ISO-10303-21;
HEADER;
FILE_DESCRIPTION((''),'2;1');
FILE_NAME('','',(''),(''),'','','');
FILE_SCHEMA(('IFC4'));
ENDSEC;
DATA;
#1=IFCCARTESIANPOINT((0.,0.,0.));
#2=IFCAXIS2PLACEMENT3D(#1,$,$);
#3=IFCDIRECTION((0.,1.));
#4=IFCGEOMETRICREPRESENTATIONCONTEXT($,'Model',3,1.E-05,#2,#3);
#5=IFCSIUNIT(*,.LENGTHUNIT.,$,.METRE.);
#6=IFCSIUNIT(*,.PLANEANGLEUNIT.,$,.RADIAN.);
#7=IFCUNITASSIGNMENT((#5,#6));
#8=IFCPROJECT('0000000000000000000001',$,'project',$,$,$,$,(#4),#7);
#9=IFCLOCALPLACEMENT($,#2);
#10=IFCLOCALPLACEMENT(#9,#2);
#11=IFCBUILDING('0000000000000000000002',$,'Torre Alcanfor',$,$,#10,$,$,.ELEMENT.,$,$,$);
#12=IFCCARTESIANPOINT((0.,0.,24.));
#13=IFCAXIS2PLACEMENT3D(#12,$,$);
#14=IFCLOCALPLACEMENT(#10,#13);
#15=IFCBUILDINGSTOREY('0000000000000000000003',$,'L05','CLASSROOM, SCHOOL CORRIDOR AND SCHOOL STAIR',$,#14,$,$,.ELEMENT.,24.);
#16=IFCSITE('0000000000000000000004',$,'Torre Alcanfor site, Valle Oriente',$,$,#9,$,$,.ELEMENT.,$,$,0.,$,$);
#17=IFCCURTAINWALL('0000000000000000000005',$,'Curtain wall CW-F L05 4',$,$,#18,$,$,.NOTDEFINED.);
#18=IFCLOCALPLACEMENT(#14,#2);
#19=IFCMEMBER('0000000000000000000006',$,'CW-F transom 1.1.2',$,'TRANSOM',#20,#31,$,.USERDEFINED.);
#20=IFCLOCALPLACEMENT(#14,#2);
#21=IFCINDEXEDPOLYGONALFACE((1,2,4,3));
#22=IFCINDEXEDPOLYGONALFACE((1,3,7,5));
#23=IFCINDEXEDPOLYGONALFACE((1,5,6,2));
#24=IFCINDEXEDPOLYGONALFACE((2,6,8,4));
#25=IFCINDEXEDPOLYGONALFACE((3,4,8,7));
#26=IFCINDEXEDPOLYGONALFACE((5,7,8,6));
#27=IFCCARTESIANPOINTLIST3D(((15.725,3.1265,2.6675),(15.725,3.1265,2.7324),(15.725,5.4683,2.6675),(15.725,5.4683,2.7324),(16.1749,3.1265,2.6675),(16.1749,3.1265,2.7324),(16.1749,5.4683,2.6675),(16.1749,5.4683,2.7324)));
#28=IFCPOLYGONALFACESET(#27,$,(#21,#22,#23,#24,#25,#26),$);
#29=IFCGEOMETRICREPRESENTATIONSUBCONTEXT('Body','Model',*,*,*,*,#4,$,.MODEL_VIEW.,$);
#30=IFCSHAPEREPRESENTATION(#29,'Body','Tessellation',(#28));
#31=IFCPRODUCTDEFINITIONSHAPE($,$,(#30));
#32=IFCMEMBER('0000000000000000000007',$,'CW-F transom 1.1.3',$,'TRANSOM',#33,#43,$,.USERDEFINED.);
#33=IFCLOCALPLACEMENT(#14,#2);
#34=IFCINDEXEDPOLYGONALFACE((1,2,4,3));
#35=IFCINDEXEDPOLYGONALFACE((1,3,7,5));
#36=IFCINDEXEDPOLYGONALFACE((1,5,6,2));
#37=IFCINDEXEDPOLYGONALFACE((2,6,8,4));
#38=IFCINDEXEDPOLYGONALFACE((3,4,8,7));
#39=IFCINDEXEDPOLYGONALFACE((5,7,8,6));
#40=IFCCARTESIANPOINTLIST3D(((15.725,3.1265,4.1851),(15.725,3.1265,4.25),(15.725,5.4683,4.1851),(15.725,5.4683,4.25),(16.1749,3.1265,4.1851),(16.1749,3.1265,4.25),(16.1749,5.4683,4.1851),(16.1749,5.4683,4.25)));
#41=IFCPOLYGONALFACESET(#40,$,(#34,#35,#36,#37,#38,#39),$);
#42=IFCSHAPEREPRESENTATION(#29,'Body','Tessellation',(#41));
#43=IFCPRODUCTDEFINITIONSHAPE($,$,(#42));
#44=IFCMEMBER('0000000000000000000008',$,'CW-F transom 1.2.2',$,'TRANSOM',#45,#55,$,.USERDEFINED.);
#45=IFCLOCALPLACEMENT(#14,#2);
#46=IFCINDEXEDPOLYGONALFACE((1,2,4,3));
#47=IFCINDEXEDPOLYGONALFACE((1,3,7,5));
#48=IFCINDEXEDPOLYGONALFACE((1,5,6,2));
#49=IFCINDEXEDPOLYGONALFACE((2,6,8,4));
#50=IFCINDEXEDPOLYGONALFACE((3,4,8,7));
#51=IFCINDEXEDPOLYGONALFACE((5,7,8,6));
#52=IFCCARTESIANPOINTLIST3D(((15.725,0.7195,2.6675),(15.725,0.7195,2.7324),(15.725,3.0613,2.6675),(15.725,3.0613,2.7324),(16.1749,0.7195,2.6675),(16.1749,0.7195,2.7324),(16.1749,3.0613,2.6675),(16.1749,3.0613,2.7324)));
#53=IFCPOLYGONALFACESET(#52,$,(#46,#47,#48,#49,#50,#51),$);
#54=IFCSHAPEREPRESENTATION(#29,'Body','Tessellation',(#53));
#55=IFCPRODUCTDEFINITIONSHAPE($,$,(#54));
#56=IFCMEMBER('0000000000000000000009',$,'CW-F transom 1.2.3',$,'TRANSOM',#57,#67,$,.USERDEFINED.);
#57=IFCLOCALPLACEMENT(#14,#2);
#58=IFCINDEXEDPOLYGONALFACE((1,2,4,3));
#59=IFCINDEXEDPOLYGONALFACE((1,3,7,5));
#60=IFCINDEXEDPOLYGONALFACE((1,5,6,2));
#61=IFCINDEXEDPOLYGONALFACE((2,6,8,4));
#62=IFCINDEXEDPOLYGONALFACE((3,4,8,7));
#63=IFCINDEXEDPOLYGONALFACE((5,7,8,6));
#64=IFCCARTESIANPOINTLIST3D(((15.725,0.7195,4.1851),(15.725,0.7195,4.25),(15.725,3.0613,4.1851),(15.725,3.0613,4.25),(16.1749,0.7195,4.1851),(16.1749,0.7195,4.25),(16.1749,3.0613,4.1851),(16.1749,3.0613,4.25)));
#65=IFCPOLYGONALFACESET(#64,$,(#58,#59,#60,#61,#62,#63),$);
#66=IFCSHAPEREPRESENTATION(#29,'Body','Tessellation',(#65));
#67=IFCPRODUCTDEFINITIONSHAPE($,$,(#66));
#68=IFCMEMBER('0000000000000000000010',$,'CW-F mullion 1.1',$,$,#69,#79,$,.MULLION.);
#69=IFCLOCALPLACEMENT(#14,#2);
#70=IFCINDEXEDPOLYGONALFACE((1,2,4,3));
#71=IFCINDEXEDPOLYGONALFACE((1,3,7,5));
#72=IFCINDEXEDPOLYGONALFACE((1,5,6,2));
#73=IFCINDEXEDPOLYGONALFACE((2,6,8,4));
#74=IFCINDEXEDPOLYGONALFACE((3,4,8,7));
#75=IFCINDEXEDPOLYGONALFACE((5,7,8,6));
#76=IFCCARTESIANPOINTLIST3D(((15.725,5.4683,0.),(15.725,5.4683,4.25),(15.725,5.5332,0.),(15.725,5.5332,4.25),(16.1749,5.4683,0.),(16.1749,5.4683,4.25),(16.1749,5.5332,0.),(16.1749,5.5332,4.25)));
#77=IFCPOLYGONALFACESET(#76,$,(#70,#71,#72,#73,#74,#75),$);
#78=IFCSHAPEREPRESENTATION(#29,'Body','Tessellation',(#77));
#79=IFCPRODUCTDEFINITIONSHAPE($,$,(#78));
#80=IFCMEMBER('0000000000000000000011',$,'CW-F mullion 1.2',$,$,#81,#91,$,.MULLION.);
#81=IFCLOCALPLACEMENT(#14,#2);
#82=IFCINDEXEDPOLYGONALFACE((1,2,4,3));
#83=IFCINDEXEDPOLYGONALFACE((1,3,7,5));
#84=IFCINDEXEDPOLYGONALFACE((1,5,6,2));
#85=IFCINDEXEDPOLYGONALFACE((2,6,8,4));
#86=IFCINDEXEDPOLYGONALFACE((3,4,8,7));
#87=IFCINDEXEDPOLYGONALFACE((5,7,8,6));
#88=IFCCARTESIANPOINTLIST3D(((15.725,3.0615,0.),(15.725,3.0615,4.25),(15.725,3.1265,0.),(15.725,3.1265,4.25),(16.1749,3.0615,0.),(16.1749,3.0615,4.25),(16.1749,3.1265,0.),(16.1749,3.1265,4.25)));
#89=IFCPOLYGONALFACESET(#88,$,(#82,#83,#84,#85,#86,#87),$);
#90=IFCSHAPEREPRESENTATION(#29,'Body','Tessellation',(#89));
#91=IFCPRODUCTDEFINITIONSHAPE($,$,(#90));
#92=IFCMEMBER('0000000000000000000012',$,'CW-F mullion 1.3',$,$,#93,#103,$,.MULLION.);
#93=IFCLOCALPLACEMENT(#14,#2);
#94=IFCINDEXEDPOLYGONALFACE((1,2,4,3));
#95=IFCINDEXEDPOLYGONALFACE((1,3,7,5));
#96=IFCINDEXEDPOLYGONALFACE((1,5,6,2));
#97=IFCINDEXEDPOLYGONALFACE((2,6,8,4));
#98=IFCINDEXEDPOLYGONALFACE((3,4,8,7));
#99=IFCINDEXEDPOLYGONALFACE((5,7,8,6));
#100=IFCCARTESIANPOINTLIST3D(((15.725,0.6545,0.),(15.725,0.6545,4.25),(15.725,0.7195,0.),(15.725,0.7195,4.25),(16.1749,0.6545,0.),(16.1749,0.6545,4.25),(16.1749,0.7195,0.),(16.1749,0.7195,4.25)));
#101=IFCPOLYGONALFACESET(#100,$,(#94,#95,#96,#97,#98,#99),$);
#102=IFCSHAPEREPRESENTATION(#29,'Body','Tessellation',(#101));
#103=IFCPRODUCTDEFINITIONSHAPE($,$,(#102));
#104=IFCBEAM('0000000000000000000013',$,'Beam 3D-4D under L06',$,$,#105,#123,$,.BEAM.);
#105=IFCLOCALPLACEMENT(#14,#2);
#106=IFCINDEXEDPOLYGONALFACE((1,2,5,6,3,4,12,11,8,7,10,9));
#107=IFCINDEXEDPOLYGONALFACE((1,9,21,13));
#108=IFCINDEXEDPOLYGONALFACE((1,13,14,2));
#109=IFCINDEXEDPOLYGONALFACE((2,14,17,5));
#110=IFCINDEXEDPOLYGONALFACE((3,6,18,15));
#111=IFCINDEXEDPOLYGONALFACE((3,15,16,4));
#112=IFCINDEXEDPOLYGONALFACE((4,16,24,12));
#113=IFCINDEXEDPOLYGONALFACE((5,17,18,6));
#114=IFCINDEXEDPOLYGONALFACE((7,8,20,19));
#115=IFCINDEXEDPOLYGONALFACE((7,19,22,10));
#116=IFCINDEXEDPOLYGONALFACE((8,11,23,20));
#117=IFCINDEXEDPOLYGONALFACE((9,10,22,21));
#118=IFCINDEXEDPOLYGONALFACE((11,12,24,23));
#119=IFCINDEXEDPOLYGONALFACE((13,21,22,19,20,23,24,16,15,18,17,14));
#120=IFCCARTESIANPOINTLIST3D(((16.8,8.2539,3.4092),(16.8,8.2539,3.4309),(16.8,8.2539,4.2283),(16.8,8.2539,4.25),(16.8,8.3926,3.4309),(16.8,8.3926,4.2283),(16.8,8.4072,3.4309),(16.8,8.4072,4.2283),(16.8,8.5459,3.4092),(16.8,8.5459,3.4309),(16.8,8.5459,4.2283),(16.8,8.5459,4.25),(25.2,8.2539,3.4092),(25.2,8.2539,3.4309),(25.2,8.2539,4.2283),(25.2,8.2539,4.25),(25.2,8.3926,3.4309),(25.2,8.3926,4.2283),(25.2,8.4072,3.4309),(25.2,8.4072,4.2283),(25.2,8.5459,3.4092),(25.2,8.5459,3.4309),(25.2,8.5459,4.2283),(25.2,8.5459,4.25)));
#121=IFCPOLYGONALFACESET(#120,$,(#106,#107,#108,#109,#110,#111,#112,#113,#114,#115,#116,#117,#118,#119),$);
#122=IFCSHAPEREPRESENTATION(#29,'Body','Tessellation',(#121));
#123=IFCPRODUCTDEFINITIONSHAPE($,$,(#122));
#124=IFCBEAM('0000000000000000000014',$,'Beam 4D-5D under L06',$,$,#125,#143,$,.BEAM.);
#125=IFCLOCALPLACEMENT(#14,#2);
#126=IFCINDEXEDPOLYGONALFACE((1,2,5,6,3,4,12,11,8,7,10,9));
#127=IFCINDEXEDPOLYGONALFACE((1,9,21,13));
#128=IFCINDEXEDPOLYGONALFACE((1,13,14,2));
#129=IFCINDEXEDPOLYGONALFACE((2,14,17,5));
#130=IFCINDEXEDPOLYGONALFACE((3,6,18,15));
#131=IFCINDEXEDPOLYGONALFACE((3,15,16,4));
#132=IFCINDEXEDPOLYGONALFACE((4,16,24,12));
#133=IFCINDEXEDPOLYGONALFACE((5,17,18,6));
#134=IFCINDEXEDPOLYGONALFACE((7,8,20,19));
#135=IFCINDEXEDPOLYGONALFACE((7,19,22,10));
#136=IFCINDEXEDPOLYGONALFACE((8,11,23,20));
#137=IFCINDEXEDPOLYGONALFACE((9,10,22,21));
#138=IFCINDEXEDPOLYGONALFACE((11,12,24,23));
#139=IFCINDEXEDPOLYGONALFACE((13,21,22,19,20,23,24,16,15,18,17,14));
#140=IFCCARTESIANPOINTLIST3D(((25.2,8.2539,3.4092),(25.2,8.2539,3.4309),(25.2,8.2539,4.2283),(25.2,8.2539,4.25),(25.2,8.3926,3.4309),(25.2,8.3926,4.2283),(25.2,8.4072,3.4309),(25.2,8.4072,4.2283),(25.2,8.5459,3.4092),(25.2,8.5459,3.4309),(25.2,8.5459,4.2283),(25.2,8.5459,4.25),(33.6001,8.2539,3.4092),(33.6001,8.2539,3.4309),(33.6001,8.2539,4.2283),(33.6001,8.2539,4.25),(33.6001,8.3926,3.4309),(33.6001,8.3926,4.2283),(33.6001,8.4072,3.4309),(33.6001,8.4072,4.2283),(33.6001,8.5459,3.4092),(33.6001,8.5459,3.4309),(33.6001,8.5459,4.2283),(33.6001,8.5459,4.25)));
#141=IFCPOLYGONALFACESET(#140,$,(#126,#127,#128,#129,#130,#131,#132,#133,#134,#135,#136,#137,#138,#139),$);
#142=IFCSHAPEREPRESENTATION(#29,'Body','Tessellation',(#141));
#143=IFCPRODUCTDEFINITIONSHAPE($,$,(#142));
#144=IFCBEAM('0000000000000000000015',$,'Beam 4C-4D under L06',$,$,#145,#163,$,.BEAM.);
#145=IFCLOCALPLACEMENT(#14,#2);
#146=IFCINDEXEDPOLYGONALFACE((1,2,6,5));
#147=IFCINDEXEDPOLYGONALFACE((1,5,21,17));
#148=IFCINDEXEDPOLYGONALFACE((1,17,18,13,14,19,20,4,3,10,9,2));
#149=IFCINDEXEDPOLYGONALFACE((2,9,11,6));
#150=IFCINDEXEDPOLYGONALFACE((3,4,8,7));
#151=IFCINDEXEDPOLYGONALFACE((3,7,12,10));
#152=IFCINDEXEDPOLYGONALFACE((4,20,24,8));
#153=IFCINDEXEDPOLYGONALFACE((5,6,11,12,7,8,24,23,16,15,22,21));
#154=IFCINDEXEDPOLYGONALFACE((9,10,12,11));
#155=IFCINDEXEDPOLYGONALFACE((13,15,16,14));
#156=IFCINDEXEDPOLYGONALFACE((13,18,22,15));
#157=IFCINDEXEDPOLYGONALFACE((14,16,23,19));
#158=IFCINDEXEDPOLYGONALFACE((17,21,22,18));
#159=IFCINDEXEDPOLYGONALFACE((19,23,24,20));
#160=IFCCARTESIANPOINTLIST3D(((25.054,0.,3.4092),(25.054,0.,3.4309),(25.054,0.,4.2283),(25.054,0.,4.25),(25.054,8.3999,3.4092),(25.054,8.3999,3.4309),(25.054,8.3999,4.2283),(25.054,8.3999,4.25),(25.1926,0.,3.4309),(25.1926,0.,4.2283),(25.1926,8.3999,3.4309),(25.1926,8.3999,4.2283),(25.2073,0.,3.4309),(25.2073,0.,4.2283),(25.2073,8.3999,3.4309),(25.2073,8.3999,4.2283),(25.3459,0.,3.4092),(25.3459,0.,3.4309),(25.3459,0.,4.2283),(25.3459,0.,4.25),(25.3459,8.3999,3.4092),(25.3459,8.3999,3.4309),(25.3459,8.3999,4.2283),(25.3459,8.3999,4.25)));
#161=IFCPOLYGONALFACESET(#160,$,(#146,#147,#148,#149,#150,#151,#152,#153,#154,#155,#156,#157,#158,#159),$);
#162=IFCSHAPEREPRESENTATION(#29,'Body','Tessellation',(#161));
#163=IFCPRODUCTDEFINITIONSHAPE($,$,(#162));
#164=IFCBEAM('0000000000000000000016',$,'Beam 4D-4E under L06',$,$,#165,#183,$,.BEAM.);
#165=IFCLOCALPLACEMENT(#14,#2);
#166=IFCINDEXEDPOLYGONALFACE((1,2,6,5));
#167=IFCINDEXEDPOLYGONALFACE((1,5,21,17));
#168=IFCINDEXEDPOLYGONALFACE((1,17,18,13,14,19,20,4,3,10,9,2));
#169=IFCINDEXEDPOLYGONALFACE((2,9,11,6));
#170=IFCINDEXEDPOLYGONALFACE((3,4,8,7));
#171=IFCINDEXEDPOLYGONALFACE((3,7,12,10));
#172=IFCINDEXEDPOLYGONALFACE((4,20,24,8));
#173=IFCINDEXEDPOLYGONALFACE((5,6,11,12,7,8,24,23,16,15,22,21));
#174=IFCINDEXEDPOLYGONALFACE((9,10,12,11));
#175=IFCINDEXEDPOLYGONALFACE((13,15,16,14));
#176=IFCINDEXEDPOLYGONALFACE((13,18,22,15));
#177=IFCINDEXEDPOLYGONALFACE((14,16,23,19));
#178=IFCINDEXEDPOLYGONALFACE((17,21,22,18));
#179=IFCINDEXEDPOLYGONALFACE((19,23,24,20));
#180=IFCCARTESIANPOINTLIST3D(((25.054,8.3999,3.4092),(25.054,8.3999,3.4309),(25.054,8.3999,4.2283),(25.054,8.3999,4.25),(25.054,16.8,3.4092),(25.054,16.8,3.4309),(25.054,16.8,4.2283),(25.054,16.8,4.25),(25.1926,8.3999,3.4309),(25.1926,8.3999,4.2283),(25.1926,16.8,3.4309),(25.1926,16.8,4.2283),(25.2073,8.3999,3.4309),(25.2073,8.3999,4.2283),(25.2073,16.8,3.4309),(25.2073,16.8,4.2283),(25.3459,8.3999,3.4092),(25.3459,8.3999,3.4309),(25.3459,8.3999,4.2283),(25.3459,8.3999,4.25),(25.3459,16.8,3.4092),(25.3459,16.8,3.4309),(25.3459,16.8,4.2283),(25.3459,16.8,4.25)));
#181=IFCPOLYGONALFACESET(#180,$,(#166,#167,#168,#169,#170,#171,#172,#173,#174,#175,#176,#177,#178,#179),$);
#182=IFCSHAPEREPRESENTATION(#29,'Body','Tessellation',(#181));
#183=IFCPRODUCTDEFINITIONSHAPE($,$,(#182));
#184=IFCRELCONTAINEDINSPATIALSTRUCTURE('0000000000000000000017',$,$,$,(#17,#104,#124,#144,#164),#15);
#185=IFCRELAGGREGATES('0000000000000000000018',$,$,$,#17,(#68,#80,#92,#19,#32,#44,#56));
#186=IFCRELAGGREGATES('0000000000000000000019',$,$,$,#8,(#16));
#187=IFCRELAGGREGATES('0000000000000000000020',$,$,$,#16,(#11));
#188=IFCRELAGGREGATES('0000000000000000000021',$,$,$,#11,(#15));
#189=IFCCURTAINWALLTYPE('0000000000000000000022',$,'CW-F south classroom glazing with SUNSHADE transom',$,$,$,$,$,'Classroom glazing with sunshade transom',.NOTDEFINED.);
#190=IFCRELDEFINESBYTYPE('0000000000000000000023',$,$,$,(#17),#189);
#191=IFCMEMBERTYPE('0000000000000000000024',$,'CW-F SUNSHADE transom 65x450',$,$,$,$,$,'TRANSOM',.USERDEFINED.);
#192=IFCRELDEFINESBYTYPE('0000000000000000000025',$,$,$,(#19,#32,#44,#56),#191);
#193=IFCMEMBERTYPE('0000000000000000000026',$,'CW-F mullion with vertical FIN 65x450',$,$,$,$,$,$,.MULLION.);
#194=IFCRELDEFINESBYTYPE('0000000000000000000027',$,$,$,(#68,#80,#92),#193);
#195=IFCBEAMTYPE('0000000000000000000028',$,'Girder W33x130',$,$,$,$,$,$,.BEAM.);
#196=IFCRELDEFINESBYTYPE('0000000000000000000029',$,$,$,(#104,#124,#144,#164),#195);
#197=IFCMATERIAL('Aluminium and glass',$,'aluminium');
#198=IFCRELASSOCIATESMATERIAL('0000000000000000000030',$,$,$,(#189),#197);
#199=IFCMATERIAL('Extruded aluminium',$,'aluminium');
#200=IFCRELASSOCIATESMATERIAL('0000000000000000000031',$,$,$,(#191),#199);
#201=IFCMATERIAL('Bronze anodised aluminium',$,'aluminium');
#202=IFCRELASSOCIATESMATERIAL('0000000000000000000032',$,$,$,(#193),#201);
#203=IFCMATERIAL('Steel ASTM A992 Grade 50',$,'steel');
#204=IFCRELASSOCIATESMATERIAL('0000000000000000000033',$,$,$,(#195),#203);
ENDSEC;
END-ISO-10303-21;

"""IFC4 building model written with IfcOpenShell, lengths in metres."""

from ifc_helpers import new_model, si_unit, direction, frame, origin, origin_2d, place, context, subcontext, project, spatial, rectangle, i_section, extrude, material, material_profile, profile_set, type_object, element, aggregate, save


model = new_model("IFC4")

# Units and contexts
model_context = context("Model", 3, precision=1e-05, world=origin(), true_north=direction((0.0, 1.0)))
body_context = subcontext(model_context, "Body", "Model", "MODEL_VIEW")
ifc_project = project(units=[si_unit("LENGTHUNIT", "METRE"), si_unit("PLANEANGLEUNIT", "RADIAN")], contexts=[model_context])

# Site, building, storey
site_placement = place(None, origin())
site = spatial("IfcSite", under=ifc_project, at=site_placement, Name="Torre Alcanfor site, Valle Oriente", CompositionType="ELEMENT", RefElevation=0.0)
building_placement = place(site_placement, origin())
building = spatial("IfcBuilding", under=site, at=building_placement, Name="Torre Alcanfor", CompositionType="ELEMENT")
storey_placement = place(building_placement, frame((0.0, 0.0, 24.0)))
storey = spatial("IfcBuildingStorey", under=building, at=storey_placement, Name="L05", Description="CLASSROOM, SCHOOL CORRIDOR AND SCHOOL STAIR", CompositionType="ELEMENT", Elevation=24.0)

# Curtain wall, members
ifc_material_1 = material(Name="Aluminium and glass", Category="aluminium")
curtain_wall_type_1 = type_object("IfcCurtainWallType", Name="CW-F south classroom glazing with SUNSHADE transom", ElementType="Classroom glazing with sunshade transom", PredefinedType="NOTDEFINED", material=ifc_material_1)
curtain_wall_1_placement = place(storey_placement, origin())
curtain_wall_1 = element("IfcCurtainWall", 1, at=curtain_wall_1_placement, inside=storey, type_object=curtain_wall_type_1, Name="Curtain wall CW-F L05 4", PredefinedType="NOTDEFINED")
ifc_material_2 = material(Name="Extruded aluminium", Category="aluminium")
ifc_material_profile_1 = material_profile(ifc_material_2, rectangle(XDim=0.45, YDim=0.0649, at=origin_2d()), Name="CW-F transom 450x65")
ifc_profile_set_1 = profile_set([ifc_material_profile_1], Name="Extruded aluminium")
member_type_1 = type_object("IfcMemberType", Name="CW-F SUNSHADE transom 65x450", ElementType="TRANSOM", PredefinedType="USERDEFINED", material=ifc_profile_set_1)
member_1_placement = place(storey_placement, frame((15.95, 5.4683, 2.7), z_axis=(0.0, -1.0, 0.0), x_axis=(1.0, 0.0, 0.0)))
member_1 = element("IfcMember", 2, at=member_1_placement, type_object=member_type_1, Name="CW-F transom 1.1.2", ObjectType="TRANSOM", PredefinedType="USERDEFINED", context=body_context, shape_type="SweptSolid", body=[
    extrude(rectangle(XDim=0.45, YDim=0.0649, at=origin_2d()), origin(), (0.0, 0.0, 1.0), 2.3418),
])
member_2_placement = place(storey_placement, frame((15.95, 5.4683, 4.2175), z_axis=(0.0, -1.0, 0.0), x_axis=(1.0, 0.0, 0.0)))
member_2 = element("IfcMember", 3, at=member_2_placement, type_object=member_type_1, Name="CW-F transom 1.1.3", ObjectType="TRANSOM", PredefinedType="USERDEFINED", context=body_context, shape_type="SweptSolid", body=[
    extrude(rectangle(XDim=0.45, YDim=0.0649, at=origin_2d()), origin(), (0.0, 0.0, 1.0), 2.3418),
])
member_3_placement = place(storey_placement, frame((15.95, 3.0613, 2.7), z_axis=(0.0, -1.0, 0.0), x_axis=(1.0, 0.0, 0.0)))
member_3 = element("IfcMember", 4, at=member_3_placement, type_object=member_type_1, Name="CW-F transom 1.2.2", ObjectType="TRANSOM", PredefinedType="USERDEFINED", context=body_context, shape_type="SweptSolid", body=[
    extrude(rectangle(XDim=0.45, YDim=0.0649, at=origin_2d()), origin(), (0.0, 0.0, 1.0), 2.3418),
])
member_4_placement = place(storey_placement, frame((15.95, 3.0613, 4.2175), z_axis=(0.0, -1.0, 0.0), x_axis=(1.0, 0.0, 0.0)))
member_4 = element("IfcMember", 5, at=member_4_placement, type_object=member_type_1, Name="CW-F transom 1.2.3", ObjectType="TRANSOM", PredefinedType="USERDEFINED", context=body_context, shape_type="SweptSolid", body=[
    extrude(rectangle(XDim=0.45, YDim=0.0649, at=origin_2d()), origin(), (0.0, 0.0, 1.0), 2.3418),
])
ifc_material_3 = material(Name="Bronze anodised aluminium", Category="aluminium")
ifc_material_profile_2 = material_profile(ifc_material_3, rectangle(XDim=0.45, YDim=0.0649, at=origin_2d()), Name="CW-F mullion 65x450")
ifc_profile_set_2 = profile_set([ifc_material_profile_2], Name="Bronze anodised aluminium")
member_type_2 = type_object("IfcMemberType", Name="CW-F mullion with vertical FIN 65x450", PredefinedType="MULLION", material=ifc_profile_set_2)
member_5_placement = place(storey_placement, frame((15.95, 5.5007, 0.0), z_axis=(0.0, 0.0, 1.0), x_axis=(1.0, 0.0, 0.0)))
member_5 = element("IfcMember", 6, at=member_5_placement, type_object=member_type_2, Name="CW-F mullion 1.1", PredefinedType="MULLION", context=body_context, shape_type="SweptSolid", body=[
    extrude(rectangle(XDim=0.45, YDim=0.0649, at=origin_2d()), origin(), (0.0, 0.0, 1.0), 4.25),
])
member_6_placement = place(storey_placement, frame((15.95, 3.094, 0.0), z_axis=(0.0, 0.0, 1.0), x_axis=(1.0, 0.0, 0.0)))
member_6 = element("IfcMember", 7, at=member_6_placement, type_object=member_type_2, Name="CW-F mullion 1.2", PredefinedType="MULLION", context=body_context, shape_type="SweptSolid", body=[
    extrude(rectangle(XDim=0.45, YDim=0.0649, at=origin_2d()), origin(), (0.0, 0.0, 1.0), 4.25),
])
member_7_placement = place(storey_placement, frame((15.95, 0.687, 0.0), z_axis=(0.0, 0.0, 1.0), x_axis=(1.0, 0.0, 0.0)))
member_7 = element("IfcMember", 8, at=member_7_placement, type_object=member_type_2, Name="CW-F mullion 1.3", PredefinedType="MULLION", context=body_context, shape_type="SweptSolid", body=[
    extrude(rectangle(XDim=0.45, YDim=0.0649, at=origin_2d()), origin(), (0.0, 0.0, 1.0), 4.25),
])

# Beams
ifc_material_4 = material(Name="Steel ASTM A992 Grade 50", Category="steel")
ifc_material_profile_3 = material_profile(ifc_material_4, i_section(OverallWidth=0.292, OverallDepth=0.8408, WebThickness=0.0146, FlangeThickness=0.0217, at=origin_2d()), Name="W33x130")
ifc_profile_set_3 = profile_set([ifc_material_profile_3], Name="Steel ASTM A992 Grade 50")
beam_type_1 = type_object("IfcBeamType", Name="Girder W33x130", PredefinedType="BEAM", material=ifc_profile_set_3)
beam_1_placement = place(storey_placement, frame((16.8, 8.3999, 3.8296), z_axis=(1.0, 0.0, 0.0), x_axis=(0.0, 1.0, 0.0)))
element("IfcBeam", 9, at=beam_1_placement, inside=storey, type_object=beam_type_1, Name="Beam 3D-4D under L06", PredefinedType="BEAM", context=body_context, shape_type="SweptSolid", body=[
    extrude(i_section(OverallWidth=0.292, OverallDepth=0.8408, WebThickness=0.0146, FlangeThickness=0.0217, at=origin_2d()), origin(), (0.0, 0.0, 1.0), 8.3999),
])
beam_2_placement = place(storey_placement, frame((25.2, 8.3999, 3.8296), z_axis=(1.0, 0.0, 0.0), x_axis=(0.0, 1.0, 0.0)))
element("IfcBeam", 10, at=beam_2_placement, inside=storey, type_object=beam_type_1, Name="Beam 4D-5D under L06", PredefinedType="BEAM", context=body_context, shape_type="SweptSolid", body=[
    extrude(i_section(OverallWidth=0.292, OverallDepth=0.8408, WebThickness=0.0146, FlangeThickness=0.0217, at=origin_2d()), origin(), (0.0, 0.0, 1.0), 8.4001),
])
beam_3_placement = place(storey_placement, frame((25.2, 0.0, 3.8296), z_axis=(0.0, 1.0, 0.0), x_axis=(-1.0, 0.0, 0.0)))
element("IfcBeam", 11, at=beam_3_placement, inside=storey, type_object=beam_type_1, Name="Beam 4C-4D under L06", PredefinedType="BEAM", context=body_context, shape_type="SweptSolid", body=[
    extrude(i_section(OverallWidth=0.292, OverallDepth=0.8408, WebThickness=0.0146, FlangeThickness=0.0217, at=origin_2d()), origin(), (0.0, 0.0, 1.0), 8.3999),
])
beam_4_placement = place(storey_placement, frame((25.2, 8.3999, 3.8296), z_axis=(0.0, 1.0, 0.0), x_axis=(-1.0, 0.0, 0.0)))
element("IfcBeam", 12, at=beam_4_placement, inside=storey, type_object=beam_type_1, Name="Beam 4D-4E under L06", PredefinedType="BEAM", context=body_context, shape_type="SweptSolid", body=[
    extrude(i_section(OverallWidth=0.292, OverallDepth=0.8408, WebThickness=0.0146, FlangeThickness=0.0217, at=origin_2d()), origin(), (0.0, 0.0, 1.0), 8.4001),
])

aggregate(curtain_wall_1, [member_5, member_6, member_7, member_1, member_2, member_3, member_4])

save(model, "model.ifc")
